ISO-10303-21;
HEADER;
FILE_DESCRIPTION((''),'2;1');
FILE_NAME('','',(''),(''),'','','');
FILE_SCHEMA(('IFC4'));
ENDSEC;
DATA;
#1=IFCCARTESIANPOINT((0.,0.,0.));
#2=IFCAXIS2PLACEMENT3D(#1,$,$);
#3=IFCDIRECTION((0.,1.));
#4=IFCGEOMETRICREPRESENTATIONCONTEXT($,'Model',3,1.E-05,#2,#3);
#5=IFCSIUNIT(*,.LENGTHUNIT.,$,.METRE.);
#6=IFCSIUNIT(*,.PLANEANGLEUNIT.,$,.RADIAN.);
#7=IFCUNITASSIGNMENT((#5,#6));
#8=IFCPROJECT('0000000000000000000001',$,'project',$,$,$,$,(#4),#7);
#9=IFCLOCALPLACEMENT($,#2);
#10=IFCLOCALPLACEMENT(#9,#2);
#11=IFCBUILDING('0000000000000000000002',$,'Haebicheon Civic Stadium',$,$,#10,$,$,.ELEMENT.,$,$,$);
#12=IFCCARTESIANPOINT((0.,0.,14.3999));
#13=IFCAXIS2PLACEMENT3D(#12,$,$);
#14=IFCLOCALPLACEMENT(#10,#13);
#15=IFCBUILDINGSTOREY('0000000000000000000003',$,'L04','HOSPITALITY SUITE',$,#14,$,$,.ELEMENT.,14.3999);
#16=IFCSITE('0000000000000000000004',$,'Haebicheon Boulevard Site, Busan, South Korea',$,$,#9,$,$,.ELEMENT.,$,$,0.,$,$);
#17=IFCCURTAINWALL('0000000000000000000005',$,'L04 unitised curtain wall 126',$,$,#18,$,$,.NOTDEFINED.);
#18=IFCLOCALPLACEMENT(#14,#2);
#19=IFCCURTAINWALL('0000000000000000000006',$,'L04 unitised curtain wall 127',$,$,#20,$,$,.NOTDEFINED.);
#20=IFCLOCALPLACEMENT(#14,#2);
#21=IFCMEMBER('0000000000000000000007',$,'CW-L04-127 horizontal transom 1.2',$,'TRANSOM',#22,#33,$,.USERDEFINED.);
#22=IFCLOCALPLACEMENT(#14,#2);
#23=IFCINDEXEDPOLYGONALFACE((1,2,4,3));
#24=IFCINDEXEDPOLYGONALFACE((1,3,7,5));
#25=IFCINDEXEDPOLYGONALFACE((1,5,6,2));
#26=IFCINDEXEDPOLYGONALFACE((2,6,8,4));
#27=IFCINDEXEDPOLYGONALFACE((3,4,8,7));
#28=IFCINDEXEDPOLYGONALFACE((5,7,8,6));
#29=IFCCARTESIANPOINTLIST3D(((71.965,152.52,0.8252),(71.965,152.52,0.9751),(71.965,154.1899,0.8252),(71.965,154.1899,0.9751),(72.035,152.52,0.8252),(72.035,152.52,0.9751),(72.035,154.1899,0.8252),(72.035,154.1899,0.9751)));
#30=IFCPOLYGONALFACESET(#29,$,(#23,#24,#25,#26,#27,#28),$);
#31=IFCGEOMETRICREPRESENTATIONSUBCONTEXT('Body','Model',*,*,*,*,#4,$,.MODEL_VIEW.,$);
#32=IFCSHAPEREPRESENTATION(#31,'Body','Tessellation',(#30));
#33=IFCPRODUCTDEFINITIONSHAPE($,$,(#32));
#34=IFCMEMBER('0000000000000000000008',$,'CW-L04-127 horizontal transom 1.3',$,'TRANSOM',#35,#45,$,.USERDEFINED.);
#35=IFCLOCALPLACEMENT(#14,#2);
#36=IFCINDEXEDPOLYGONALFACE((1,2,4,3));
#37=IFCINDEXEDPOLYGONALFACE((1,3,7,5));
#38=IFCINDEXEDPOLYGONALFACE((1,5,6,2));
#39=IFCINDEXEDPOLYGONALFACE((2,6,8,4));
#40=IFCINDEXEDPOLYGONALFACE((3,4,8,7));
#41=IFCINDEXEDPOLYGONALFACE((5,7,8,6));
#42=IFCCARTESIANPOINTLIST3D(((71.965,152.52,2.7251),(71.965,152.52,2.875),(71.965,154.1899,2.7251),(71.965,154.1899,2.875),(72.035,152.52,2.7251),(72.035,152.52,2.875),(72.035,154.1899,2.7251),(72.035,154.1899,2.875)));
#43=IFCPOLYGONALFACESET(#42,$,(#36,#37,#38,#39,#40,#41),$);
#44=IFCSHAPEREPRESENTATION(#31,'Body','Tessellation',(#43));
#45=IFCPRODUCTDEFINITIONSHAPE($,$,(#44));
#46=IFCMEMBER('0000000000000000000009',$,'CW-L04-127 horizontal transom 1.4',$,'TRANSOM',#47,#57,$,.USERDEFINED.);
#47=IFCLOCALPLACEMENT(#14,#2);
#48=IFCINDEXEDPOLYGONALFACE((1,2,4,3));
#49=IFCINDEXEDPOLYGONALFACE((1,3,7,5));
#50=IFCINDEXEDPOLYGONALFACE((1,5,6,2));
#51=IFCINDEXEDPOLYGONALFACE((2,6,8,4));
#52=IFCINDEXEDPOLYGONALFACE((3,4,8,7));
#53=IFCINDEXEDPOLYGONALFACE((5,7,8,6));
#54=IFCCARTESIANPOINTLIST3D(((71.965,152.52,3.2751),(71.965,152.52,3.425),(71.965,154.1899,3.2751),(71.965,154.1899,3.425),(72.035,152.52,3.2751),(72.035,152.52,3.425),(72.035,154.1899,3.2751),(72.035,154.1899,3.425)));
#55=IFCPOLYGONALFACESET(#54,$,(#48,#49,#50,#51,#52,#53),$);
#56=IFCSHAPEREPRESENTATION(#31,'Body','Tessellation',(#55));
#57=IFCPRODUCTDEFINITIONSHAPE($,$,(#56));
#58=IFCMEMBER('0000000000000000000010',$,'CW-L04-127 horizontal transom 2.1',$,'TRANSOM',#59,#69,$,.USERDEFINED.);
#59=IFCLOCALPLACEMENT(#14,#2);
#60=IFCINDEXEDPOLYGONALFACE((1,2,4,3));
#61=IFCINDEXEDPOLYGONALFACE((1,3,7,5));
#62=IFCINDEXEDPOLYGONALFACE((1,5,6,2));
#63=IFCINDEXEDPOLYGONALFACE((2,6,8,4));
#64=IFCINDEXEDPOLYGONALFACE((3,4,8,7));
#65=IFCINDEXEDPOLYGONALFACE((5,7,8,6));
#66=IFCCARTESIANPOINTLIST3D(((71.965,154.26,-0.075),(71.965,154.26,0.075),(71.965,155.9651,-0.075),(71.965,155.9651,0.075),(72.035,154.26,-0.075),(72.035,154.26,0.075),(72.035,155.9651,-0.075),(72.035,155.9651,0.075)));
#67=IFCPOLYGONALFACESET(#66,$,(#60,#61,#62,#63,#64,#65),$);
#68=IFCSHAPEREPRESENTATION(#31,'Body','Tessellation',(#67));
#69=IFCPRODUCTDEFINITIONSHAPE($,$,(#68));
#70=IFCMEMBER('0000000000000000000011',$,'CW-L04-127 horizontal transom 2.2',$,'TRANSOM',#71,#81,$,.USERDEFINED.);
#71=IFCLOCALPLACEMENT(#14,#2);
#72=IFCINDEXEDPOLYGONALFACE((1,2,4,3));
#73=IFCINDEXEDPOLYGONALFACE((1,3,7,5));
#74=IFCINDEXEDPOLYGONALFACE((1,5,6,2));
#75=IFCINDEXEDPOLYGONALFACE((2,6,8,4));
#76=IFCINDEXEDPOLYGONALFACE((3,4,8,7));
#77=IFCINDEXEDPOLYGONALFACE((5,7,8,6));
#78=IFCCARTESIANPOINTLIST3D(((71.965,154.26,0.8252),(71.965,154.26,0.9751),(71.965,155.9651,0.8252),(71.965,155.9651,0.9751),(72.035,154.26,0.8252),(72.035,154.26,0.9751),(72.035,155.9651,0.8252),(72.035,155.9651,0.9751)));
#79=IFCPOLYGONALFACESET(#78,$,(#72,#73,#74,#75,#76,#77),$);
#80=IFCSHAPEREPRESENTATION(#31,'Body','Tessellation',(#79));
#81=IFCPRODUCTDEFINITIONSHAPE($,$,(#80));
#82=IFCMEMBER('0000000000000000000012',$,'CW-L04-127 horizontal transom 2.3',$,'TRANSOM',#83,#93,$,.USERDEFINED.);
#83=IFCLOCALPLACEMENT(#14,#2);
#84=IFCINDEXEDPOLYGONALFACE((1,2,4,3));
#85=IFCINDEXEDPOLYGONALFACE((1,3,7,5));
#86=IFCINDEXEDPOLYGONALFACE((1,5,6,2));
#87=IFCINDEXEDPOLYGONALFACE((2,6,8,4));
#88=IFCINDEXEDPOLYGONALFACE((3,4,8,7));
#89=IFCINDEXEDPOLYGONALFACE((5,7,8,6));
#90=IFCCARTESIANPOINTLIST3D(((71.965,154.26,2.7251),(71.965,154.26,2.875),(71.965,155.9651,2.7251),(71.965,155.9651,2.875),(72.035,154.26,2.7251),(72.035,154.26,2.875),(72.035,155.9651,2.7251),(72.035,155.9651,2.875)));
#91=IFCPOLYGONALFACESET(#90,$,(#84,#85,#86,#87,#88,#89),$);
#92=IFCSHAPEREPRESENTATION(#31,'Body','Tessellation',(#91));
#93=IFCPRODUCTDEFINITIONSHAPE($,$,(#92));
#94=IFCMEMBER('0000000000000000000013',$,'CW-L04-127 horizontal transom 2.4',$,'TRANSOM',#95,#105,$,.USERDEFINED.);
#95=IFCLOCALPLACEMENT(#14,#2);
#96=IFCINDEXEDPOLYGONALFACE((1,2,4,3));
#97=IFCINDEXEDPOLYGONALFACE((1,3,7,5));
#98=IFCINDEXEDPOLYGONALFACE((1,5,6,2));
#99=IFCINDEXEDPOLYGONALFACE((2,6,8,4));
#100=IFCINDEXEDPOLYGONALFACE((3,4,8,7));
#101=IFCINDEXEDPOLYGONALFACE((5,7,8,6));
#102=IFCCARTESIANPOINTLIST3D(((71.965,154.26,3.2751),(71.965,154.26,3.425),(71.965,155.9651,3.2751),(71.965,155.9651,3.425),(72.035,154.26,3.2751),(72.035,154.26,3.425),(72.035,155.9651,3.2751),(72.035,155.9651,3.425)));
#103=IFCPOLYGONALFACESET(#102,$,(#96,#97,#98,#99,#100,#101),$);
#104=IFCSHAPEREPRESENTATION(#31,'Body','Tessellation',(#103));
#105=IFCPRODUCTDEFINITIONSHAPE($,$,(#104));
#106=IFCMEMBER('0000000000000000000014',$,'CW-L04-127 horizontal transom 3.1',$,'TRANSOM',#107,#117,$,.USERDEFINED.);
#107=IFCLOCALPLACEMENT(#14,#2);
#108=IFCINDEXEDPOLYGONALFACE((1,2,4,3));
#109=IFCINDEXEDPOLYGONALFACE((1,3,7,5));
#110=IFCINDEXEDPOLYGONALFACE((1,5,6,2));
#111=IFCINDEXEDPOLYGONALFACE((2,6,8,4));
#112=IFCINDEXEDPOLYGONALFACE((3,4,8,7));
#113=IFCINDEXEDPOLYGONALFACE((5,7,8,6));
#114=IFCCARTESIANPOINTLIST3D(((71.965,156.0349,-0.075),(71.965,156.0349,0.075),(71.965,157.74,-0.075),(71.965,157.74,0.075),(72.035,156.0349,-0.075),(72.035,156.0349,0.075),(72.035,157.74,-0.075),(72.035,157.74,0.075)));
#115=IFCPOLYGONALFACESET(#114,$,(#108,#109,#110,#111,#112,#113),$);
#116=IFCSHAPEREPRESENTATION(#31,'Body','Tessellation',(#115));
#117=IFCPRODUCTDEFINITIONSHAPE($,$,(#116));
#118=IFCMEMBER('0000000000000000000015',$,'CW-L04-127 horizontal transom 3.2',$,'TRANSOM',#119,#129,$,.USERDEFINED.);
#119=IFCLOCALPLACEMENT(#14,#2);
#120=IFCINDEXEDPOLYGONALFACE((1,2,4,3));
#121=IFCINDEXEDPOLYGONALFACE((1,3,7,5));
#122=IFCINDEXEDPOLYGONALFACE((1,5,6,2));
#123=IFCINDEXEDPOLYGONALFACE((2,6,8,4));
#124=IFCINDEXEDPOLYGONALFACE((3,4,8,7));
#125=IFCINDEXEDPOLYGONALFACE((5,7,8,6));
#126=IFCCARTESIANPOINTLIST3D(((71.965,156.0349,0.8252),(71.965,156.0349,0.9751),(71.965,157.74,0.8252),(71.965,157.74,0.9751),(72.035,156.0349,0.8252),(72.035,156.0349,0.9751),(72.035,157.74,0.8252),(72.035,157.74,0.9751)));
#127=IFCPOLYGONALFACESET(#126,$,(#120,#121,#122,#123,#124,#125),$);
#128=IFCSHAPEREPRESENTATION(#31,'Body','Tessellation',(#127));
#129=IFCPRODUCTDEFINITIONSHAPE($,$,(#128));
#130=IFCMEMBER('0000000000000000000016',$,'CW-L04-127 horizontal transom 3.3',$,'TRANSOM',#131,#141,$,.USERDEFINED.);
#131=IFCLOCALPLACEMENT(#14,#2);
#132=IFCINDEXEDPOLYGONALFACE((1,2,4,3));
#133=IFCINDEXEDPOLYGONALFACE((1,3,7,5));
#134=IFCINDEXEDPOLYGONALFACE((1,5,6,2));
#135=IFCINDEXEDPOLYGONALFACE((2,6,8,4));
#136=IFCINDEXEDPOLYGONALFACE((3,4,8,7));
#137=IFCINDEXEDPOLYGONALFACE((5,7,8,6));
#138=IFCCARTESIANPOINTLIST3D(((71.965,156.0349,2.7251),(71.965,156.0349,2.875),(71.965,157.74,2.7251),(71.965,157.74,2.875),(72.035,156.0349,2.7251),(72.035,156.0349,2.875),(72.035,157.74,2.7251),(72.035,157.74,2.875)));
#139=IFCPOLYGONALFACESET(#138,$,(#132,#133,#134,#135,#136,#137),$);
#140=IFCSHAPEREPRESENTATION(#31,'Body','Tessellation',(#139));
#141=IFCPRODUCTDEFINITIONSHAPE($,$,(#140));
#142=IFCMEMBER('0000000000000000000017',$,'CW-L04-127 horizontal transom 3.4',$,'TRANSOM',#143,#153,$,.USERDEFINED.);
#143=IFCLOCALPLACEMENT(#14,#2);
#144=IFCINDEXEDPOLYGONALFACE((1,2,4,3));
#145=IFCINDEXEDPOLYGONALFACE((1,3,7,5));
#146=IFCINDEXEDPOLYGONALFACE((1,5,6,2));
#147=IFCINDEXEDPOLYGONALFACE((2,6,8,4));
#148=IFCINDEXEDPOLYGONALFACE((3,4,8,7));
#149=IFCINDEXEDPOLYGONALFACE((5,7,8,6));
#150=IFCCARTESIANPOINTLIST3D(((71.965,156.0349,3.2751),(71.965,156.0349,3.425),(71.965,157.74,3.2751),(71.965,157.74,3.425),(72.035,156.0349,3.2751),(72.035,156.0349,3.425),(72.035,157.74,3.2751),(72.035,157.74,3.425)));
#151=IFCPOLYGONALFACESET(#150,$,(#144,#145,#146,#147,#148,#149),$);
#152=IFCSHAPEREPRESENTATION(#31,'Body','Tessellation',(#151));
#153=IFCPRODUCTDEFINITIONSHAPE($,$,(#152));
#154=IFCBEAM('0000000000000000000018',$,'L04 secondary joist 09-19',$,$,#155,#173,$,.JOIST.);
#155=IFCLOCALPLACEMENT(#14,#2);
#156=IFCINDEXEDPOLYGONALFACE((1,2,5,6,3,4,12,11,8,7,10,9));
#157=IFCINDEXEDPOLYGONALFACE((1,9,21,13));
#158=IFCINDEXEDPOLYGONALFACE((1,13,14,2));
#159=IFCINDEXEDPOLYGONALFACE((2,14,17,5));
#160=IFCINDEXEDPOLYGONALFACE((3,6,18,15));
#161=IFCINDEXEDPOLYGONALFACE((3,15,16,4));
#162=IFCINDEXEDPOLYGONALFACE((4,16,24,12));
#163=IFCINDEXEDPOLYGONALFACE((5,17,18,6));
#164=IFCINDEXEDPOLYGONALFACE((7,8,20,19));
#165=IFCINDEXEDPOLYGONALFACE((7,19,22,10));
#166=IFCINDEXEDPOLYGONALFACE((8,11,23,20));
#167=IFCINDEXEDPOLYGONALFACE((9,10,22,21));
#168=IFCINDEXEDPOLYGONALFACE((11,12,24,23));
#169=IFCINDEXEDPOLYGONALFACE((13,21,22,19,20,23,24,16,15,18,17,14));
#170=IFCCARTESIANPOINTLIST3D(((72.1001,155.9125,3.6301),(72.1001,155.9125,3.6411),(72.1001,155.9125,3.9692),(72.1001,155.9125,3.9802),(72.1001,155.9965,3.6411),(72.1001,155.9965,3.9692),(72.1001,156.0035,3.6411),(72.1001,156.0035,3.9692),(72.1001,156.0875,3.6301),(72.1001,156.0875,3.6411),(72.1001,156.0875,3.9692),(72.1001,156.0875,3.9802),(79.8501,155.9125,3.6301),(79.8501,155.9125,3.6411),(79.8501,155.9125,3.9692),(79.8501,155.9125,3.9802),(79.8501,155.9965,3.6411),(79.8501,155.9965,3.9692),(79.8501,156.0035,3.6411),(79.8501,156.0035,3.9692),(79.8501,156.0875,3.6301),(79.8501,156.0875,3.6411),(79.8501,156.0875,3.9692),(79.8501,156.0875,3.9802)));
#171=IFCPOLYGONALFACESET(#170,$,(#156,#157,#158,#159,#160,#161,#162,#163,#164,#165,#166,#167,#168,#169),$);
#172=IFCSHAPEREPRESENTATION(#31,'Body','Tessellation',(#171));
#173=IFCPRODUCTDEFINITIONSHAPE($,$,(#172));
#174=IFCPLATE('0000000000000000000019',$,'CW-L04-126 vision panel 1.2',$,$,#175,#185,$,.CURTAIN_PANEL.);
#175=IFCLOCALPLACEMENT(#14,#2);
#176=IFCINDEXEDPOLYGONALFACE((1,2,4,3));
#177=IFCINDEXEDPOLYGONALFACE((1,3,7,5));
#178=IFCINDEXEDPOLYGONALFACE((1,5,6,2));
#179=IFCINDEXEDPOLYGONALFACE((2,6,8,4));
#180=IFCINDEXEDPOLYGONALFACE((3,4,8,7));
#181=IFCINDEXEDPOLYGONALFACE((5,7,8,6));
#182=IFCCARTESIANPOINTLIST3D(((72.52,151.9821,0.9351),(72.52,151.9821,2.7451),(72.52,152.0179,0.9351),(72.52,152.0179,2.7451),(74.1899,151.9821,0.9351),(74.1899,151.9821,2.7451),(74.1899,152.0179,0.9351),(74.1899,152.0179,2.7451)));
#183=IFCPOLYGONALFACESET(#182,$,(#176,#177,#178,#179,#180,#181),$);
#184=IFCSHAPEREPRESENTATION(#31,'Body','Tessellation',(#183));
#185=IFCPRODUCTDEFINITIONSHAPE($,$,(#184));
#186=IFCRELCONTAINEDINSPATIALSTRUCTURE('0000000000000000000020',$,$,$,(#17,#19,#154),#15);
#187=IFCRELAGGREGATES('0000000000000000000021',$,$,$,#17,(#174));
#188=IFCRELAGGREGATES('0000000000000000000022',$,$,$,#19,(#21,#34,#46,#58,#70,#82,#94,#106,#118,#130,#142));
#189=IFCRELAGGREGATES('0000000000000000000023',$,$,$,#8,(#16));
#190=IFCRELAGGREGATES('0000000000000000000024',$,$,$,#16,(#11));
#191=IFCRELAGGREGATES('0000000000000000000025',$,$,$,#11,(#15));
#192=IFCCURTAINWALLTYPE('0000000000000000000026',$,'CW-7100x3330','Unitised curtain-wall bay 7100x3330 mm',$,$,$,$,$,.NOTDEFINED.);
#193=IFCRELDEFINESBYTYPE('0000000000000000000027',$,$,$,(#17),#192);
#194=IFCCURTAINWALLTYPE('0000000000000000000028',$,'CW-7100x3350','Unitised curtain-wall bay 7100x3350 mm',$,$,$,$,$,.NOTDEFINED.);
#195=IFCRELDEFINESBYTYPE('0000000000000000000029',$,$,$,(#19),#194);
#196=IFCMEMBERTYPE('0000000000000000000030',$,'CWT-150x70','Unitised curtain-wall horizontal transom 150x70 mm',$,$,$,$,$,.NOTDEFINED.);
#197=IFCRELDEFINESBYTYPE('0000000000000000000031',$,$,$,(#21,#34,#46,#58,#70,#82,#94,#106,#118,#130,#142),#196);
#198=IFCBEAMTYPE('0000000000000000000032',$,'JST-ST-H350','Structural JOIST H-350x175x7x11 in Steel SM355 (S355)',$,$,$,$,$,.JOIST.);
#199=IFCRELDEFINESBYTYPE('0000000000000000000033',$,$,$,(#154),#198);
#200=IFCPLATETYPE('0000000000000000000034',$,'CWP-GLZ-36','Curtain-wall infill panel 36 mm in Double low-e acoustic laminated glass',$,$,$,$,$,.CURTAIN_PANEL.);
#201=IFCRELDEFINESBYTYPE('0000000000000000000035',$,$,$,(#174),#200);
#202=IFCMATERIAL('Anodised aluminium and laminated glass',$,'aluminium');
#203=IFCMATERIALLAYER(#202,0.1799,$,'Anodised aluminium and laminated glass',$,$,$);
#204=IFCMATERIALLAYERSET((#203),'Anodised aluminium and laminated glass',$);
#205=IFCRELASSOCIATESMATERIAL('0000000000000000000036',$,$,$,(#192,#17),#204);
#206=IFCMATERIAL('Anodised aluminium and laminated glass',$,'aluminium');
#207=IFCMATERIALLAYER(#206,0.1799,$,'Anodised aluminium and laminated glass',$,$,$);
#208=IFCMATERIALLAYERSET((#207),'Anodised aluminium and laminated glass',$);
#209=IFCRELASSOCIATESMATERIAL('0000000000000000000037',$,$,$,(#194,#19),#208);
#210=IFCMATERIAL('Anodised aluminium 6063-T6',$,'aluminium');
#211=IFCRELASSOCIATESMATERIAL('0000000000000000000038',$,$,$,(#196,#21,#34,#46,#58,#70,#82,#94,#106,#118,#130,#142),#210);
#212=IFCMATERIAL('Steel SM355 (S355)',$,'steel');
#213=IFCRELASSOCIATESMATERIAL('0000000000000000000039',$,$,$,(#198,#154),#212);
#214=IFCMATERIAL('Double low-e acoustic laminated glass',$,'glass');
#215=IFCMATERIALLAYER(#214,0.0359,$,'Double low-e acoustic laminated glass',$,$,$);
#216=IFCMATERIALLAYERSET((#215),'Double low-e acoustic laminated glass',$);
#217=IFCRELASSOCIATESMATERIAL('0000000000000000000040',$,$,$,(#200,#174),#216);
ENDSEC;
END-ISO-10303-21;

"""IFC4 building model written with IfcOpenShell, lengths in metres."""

from ifc_helpers import new_model, si_unit, direction, frame, origin, origin_2d, place, context, subcontext, project, spatial, rectangle, i_section, extrude, material, layer, layer_set, material_profile, profile_set, type_object, element, aggregate, save


model = new_model("IFC4")

# Units and contexts
model_context = context("Model", 3, precision=1e-05, world=origin(), true_north=direction((0.0, 1.0)))
body_context = subcontext(model_context, "Body", "Model", "MODEL_VIEW")
ifc_project = project(units=[si_unit("LENGTHUNIT", "METRE"), si_unit("PLANEANGLEUNIT", "RADIAN")], contexts=[model_context])

# Site, building, storey
site_placement = place(None, origin())
site = spatial("IfcSite", under=ifc_project, at=site_placement, Name="Haebicheon Boulevard Site, Busan, South Korea", CompositionType="ELEMENT", RefElevation=0.0)
building_placement = place(site_placement, origin())
building = spatial("IfcBuilding", under=site, at=building_placement, Name="Haebicheon Civic Stadium", CompositionType="ELEMENT")
storey_placement = place(building_placement, frame((0.0, 0.0, 14.3999)))
storey = spatial("IfcBuildingStorey", under=building, at=storey_placement, Name="L04", Description="HOSPITALITY SUITE", CompositionType="ELEMENT", Elevation=14.3999)

# Curtain walls
ifc_material_1 = material(Name="Anodised aluminium and laminated glass", Category="aluminium")
ifc_layer_1 = layer(ifc_material_1, 0.1799, Name="Anodised aluminium and laminated glass")
ifc_layer_set_1 = layer_set([ifc_layer_1], Name="Anodised aluminium and laminated glass")
curtain_wall_type_1 = type_object("IfcCurtainWallType", Name="CW-7100x3330", Description="Unitised curtain-wall bay 7100x3330 mm", PredefinedType="NOTDEFINED", material=ifc_layer_set_1)
curtain_wall_1_placement = place(storey_placement, origin())
curtain_wall_1 = element("IfcCurtainWall", 1, at=curtain_wall_1_placement, inside=storey, type_object=curtain_wall_type_1, material=ifc_layer_set_1, Name="L04 unitised curtain wall 126", PredefinedType="NOTDEFINED")
ifc_material_2 = material(Name="Anodised aluminium and laminated glass", Category="aluminium")
ifc_layer_2 = layer(ifc_material_2, 0.1799, Name="Anodised aluminium and laminated glass")
ifc_layer_set_2 = layer_set([ifc_layer_2], Name="Anodised aluminium and laminated glass")
curtain_wall_type_2 = type_object("IfcCurtainWallType", Name="CW-7100x3350", Description="Unitised curtain-wall bay 7100x3350 mm", PredefinedType="NOTDEFINED", material=ifc_layer_set_2)
curtain_wall_2_placement = place(storey_placement, origin())
curtain_wall_2 = element("IfcCurtainWall", 2, at=curtain_wall_2_placement, inside=storey, type_object=curtain_wall_type_2, material=ifc_layer_set_2, Name="L04 unitised curtain wall 127", PredefinedType="NOTDEFINED")

# Members
ifc_material_3 = material(Name="Anodised aluminium 6063-T6", Category="aluminium")
ifc_material_profile_1 = material_profile(ifc_material_3, rectangle(XDim=0.0701, YDim=0.1499, at=origin_2d()), Name="ALU-TRAN-70x150")
ifc_profile_set_1 = profile_set([ifc_material_profile_1], Name="Anodised aluminium 6063-T6")
member_type_1 = type_object("IfcMemberType", Name="CWT-150x70", Description="Unitised curtain-wall horizontal transom 150x70 mm", PredefinedType="NOTDEFINED", material=ifc_profile_set_1)
member_1_placement = place(storey_placement, frame((72.0, 152.52, 0.9001), z_axis=(0.0, 1.0, 0.0), x_axis=(-1.0, 0.0, 0.0)))
member_1 = element("IfcMember", 3, at=member_1_placement, type_object=member_type_1, material=ifc_profile_set_1, Name="CW-L04-127 horizontal transom 1.2", ObjectType="TRANSOM", PredefinedType="USERDEFINED", context=body_context, shape_type="SweptSolid", body=[
    extrude(rectangle(XDim=0.0701, YDim=0.1499, at=origin_2d()), origin(), (0.0, 0.0, 1.0), 1.6699),
])
member_2_placement = place(storey_placement, frame((72.0, 152.52, 2.8), z_axis=(0.0, 1.0, 0.0), x_axis=(-1.0, 0.0, 0.0)))
member_2 = element("IfcMember", 4, at=member_2_placement, type_object=member_type_1, material=ifc_profile_set_1, Name="CW-L04-127 horizontal transom 1.3", ObjectType="TRANSOM", PredefinedType="USERDEFINED", context=body_context, shape_type="SweptSolid", body=[
    extrude(rectangle(XDim=0.0701, YDim=0.1499, at=origin_2d()), origin(), (0.0, 0.0, 1.0), 1.6699),
])
member_3_placement = place(storey_placement, frame((72.0, 152.52, 3.3501), z_axis=(0.0, 1.0, 0.0), x_axis=(-1.0, 0.0, 0.0)))
member_3 = element("IfcMember", 5, at=member_3_placement, type_object=member_type_1, material=ifc_profile_set_1, Name="CW-L04-127 horizontal transom 1.4", ObjectType="TRANSOM", PredefinedType="USERDEFINED", context=body_context, shape_type="SweptSolid", body=[
    extrude(rectangle(XDim=0.0701, YDim=0.1499, at=origin_2d()), origin(), (0.0, 0.0, 1.0), 1.6699),
])
member_4_placement = place(storey_placement, frame((72.0, 154.26, 0.0), z_axis=(0.0, 1.0, 0.0), x_axis=(-1.0, 0.0, 0.0)))
member_4 = element("IfcMember", 6, at=member_4_placement, type_object=member_type_1, material=ifc_profile_set_1, Name="CW-L04-127 horizontal transom 2.1", ObjectType="TRANSOM", PredefinedType="USERDEFINED", context=body_context, shape_type="SweptSolid", body=[
    extrude(rectangle(XDim=0.0701, YDim=0.1499, at=origin_2d()), origin(), (0.0, 0.0, 1.0), 1.7051),
])
member_5_placement = place(storey_placement, frame((72.0, 154.26, 0.9001), z_axis=(0.0, 1.0, 0.0), x_axis=(-1.0, 0.0, 0.0)))
member_5 = element("IfcMember", 7, at=member_5_placement, type_object=member_type_1, material=ifc_profile_set_1, Name="CW-L04-127 horizontal transom 2.2", ObjectType="TRANSOM", PredefinedType="USERDEFINED", context=body_context, shape_type="SweptSolid", body=[
    extrude(rectangle(XDim=0.0701, YDim=0.1499, at=origin_2d()), origin(), (0.0, 0.0, 1.0), 1.7051),
])
member_6_placement = place(storey_placement, frame((72.0, 154.26, 2.8), z_axis=(0.0, 1.0, 0.0), x_axis=(-1.0, 0.0, 0.0)))
member_6 = element("IfcMember", 8, at=member_6_placement, type_object=member_type_1, material=ifc_profile_set_1, Name="CW-L04-127 horizontal transom 2.3", ObjectType="TRANSOM", PredefinedType="USERDEFINED", context=body_context, shape_type="SweptSolid", body=[
    extrude(rectangle(XDim=0.0701, YDim=0.1499, at=origin_2d()), origin(), (0.0, 0.0, 1.0), 1.7051),
])
member_7_placement = place(storey_placement, frame((72.0, 154.26, 3.3501), z_axis=(0.0, 1.0, 0.0), x_axis=(-1.0, 0.0, 0.0)))
member_7 = element("IfcMember", 9, at=member_7_placement, type_object=member_type_1, material=ifc_profile_set_1, Name="CW-L04-127 horizontal transom 2.4", ObjectType="TRANSOM", PredefinedType="USERDEFINED", context=body_context, shape_type="SweptSolid", body=[
    extrude(rectangle(XDim=0.0701, YDim=0.1499, at=origin_2d()), origin(), (0.0, 0.0, 1.0), 1.7051),
])
member_8_placement = place(storey_placement, frame((72.0, 156.0349, 0.0), z_axis=(0.0, 1.0, 0.0), x_axis=(-1.0, 0.0, 0.0)))
member_8 = element("IfcMember", 10, at=member_8_placement, type_object=member_type_1, material=ifc_profile_set_1, Name="CW-L04-127 horizontal transom 3.1", ObjectType="TRANSOM", PredefinedType="USERDEFINED", context=body_context, shape_type="SweptSolid", body=[
    extrude(rectangle(XDim=0.0701, YDim=0.1499, at=origin_2d()), origin(), (0.0, 0.0, 1.0), 1.7051),
])
member_9_placement = place(storey_placement, frame((72.0, 156.0349, 0.9001), z_axis=(0.0, 1.0, 0.0), x_axis=(-1.0, 0.0, 0.0)))
member_9 = element("IfcMember", 11, at=member_9_placement, type_object=member_type_1, material=ifc_profile_set_1, Name="CW-L04-127 horizontal transom 3.2", ObjectType="TRANSOM", PredefinedType="USERDEFINED", context=body_context, shape_type="SweptSolid", body=[
    extrude(rectangle(XDim=0.0701, YDim=0.1499, at=origin_2d()), origin(), (0.0, 0.0, 1.0), 1.7051),
])
member_10_placement = place(storey_placement, frame((72.0, 156.0349, 2.8), z_axis=(0.0, 1.0, 0.0), x_axis=(-1.0, 0.0, 0.0)))
member_10 = element("IfcMember", 12, at=member_10_placement, type_object=member_type_1, material=ifc_profile_set_1, Name="CW-L04-127 horizontal transom 3.3", ObjectType="TRANSOM", PredefinedType="USERDEFINED", context=body_context, shape_type="SweptSolid", body=[
    extrude(rectangle(XDim=0.0701, YDim=0.1499, at=origin_2d()), origin(), (0.0, 0.0, 1.0), 1.7051),
])
member_11_placement = place(storey_placement, frame((72.0, 156.0349, 3.3501), z_axis=(0.0, 1.0, 0.0), x_axis=(-1.0, 0.0, 0.0)))
member_11 = element("IfcMember", 13, at=member_11_placement, type_object=member_type_1, material=ifc_profile_set_1, Name="CW-L04-127 horizontal transom 3.4", ObjectType="TRANSOM", PredefinedType="USERDEFINED", context=body_context, shape_type="SweptSolid", body=[
    extrude(rectangle(XDim=0.0701, YDim=0.1499, at=origin_2d()), origin(), (0.0, 0.0, 1.0), 1.7051),
])

# Beam
ifc_material_4 = material(Name="Steel SM355 (S355)", Category="steel")
ifc_material_profile_2 = material_profile(ifc_material_4, i_section(OverallWidth=0.175, OverallDepth=0.3501, WebThickness=0.0071, FlangeThickness=0.011, at=origin_2d()), Name="H-350x175x7x11")
ifc_profile_set_2 = profile_set([ifc_material_profile_2], Name="Steel SM355 (S355)")
beam_type = type_object("IfcBeamType", Name="JST-ST-H350", Description="Structural JOIST H-350x175x7x11 in Steel SM355 (S355)", PredefinedType="JOIST", material=ifc_profile_set_2)
beam_placement = place(storey_placement, frame((72.1001, 156.0, 3.8052), z_axis=(1.0, 0.0, 0.0), x_axis=(0.0, 1.0, 0.0)))
element("IfcBeam", 14, at=beam_placement, inside=storey, type_object=beam_type, material=ifc_profile_set_2, Name="L04 secondary joist 09-19", PredefinedType="JOIST", context=body_context, shape_type="SweptSolid", body=[
    extrude(i_section(OverallWidth=0.175, OverallDepth=0.3501, WebThickness=0.0071, FlangeThickness=0.011, at=origin_2d()), origin(), (0.0, 0.0, 1.0), 7.75),
])

# Plate
ifc_material_5 = material(Name="Double low-e acoustic laminated glass", Category="glass")
ifc_layer_3 = layer(ifc_material_5, 0.0359, Name="Double low-e acoustic laminated glass")
ifc_layer_set_3 = layer_set([ifc_layer_3], Name="Double low-e acoustic laminated glass")
plate_type_1 = type_object("IfcPlateType", Name="CWP-GLZ-36", Description="Curtain-wall infill panel 36 mm in Double low-e acoustic laminated glass", PredefinedType="CURTAIN_PANEL", material=ifc_layer_set_3)
plate_1_placement = place(storey_placement, frame((73.355, 152.0, 0.9351), z_axis=(0.0, 0.0, 1.0), x_axis=(1.0, 0.0, 0.0)))
plate_1 = element("IfcPlate", 15, at=plate_1_placement, type_object=plate_type_1, material=ifc_layer_set_3, Name="CW-L04-126 vision panel 1.2", PredefinedType="CURTAIN_PANEL", context=body_context, shape_type="SweptSolid", body=[
    extrude(rectangle(XDim=1.6699, YDim=0.0359, at=origin_2d()), origin(), (0.0, 0.0, 1.0), 1.8101),
])
aggregate(curtain_wall_1, [plate_1])
aggregate(curtain_wall_2, [member_1, member_2, member_3, member_4, member_5, member_6, member_7, member_8, member_9, member_10, member_11])

save(model, "model.ifc")
